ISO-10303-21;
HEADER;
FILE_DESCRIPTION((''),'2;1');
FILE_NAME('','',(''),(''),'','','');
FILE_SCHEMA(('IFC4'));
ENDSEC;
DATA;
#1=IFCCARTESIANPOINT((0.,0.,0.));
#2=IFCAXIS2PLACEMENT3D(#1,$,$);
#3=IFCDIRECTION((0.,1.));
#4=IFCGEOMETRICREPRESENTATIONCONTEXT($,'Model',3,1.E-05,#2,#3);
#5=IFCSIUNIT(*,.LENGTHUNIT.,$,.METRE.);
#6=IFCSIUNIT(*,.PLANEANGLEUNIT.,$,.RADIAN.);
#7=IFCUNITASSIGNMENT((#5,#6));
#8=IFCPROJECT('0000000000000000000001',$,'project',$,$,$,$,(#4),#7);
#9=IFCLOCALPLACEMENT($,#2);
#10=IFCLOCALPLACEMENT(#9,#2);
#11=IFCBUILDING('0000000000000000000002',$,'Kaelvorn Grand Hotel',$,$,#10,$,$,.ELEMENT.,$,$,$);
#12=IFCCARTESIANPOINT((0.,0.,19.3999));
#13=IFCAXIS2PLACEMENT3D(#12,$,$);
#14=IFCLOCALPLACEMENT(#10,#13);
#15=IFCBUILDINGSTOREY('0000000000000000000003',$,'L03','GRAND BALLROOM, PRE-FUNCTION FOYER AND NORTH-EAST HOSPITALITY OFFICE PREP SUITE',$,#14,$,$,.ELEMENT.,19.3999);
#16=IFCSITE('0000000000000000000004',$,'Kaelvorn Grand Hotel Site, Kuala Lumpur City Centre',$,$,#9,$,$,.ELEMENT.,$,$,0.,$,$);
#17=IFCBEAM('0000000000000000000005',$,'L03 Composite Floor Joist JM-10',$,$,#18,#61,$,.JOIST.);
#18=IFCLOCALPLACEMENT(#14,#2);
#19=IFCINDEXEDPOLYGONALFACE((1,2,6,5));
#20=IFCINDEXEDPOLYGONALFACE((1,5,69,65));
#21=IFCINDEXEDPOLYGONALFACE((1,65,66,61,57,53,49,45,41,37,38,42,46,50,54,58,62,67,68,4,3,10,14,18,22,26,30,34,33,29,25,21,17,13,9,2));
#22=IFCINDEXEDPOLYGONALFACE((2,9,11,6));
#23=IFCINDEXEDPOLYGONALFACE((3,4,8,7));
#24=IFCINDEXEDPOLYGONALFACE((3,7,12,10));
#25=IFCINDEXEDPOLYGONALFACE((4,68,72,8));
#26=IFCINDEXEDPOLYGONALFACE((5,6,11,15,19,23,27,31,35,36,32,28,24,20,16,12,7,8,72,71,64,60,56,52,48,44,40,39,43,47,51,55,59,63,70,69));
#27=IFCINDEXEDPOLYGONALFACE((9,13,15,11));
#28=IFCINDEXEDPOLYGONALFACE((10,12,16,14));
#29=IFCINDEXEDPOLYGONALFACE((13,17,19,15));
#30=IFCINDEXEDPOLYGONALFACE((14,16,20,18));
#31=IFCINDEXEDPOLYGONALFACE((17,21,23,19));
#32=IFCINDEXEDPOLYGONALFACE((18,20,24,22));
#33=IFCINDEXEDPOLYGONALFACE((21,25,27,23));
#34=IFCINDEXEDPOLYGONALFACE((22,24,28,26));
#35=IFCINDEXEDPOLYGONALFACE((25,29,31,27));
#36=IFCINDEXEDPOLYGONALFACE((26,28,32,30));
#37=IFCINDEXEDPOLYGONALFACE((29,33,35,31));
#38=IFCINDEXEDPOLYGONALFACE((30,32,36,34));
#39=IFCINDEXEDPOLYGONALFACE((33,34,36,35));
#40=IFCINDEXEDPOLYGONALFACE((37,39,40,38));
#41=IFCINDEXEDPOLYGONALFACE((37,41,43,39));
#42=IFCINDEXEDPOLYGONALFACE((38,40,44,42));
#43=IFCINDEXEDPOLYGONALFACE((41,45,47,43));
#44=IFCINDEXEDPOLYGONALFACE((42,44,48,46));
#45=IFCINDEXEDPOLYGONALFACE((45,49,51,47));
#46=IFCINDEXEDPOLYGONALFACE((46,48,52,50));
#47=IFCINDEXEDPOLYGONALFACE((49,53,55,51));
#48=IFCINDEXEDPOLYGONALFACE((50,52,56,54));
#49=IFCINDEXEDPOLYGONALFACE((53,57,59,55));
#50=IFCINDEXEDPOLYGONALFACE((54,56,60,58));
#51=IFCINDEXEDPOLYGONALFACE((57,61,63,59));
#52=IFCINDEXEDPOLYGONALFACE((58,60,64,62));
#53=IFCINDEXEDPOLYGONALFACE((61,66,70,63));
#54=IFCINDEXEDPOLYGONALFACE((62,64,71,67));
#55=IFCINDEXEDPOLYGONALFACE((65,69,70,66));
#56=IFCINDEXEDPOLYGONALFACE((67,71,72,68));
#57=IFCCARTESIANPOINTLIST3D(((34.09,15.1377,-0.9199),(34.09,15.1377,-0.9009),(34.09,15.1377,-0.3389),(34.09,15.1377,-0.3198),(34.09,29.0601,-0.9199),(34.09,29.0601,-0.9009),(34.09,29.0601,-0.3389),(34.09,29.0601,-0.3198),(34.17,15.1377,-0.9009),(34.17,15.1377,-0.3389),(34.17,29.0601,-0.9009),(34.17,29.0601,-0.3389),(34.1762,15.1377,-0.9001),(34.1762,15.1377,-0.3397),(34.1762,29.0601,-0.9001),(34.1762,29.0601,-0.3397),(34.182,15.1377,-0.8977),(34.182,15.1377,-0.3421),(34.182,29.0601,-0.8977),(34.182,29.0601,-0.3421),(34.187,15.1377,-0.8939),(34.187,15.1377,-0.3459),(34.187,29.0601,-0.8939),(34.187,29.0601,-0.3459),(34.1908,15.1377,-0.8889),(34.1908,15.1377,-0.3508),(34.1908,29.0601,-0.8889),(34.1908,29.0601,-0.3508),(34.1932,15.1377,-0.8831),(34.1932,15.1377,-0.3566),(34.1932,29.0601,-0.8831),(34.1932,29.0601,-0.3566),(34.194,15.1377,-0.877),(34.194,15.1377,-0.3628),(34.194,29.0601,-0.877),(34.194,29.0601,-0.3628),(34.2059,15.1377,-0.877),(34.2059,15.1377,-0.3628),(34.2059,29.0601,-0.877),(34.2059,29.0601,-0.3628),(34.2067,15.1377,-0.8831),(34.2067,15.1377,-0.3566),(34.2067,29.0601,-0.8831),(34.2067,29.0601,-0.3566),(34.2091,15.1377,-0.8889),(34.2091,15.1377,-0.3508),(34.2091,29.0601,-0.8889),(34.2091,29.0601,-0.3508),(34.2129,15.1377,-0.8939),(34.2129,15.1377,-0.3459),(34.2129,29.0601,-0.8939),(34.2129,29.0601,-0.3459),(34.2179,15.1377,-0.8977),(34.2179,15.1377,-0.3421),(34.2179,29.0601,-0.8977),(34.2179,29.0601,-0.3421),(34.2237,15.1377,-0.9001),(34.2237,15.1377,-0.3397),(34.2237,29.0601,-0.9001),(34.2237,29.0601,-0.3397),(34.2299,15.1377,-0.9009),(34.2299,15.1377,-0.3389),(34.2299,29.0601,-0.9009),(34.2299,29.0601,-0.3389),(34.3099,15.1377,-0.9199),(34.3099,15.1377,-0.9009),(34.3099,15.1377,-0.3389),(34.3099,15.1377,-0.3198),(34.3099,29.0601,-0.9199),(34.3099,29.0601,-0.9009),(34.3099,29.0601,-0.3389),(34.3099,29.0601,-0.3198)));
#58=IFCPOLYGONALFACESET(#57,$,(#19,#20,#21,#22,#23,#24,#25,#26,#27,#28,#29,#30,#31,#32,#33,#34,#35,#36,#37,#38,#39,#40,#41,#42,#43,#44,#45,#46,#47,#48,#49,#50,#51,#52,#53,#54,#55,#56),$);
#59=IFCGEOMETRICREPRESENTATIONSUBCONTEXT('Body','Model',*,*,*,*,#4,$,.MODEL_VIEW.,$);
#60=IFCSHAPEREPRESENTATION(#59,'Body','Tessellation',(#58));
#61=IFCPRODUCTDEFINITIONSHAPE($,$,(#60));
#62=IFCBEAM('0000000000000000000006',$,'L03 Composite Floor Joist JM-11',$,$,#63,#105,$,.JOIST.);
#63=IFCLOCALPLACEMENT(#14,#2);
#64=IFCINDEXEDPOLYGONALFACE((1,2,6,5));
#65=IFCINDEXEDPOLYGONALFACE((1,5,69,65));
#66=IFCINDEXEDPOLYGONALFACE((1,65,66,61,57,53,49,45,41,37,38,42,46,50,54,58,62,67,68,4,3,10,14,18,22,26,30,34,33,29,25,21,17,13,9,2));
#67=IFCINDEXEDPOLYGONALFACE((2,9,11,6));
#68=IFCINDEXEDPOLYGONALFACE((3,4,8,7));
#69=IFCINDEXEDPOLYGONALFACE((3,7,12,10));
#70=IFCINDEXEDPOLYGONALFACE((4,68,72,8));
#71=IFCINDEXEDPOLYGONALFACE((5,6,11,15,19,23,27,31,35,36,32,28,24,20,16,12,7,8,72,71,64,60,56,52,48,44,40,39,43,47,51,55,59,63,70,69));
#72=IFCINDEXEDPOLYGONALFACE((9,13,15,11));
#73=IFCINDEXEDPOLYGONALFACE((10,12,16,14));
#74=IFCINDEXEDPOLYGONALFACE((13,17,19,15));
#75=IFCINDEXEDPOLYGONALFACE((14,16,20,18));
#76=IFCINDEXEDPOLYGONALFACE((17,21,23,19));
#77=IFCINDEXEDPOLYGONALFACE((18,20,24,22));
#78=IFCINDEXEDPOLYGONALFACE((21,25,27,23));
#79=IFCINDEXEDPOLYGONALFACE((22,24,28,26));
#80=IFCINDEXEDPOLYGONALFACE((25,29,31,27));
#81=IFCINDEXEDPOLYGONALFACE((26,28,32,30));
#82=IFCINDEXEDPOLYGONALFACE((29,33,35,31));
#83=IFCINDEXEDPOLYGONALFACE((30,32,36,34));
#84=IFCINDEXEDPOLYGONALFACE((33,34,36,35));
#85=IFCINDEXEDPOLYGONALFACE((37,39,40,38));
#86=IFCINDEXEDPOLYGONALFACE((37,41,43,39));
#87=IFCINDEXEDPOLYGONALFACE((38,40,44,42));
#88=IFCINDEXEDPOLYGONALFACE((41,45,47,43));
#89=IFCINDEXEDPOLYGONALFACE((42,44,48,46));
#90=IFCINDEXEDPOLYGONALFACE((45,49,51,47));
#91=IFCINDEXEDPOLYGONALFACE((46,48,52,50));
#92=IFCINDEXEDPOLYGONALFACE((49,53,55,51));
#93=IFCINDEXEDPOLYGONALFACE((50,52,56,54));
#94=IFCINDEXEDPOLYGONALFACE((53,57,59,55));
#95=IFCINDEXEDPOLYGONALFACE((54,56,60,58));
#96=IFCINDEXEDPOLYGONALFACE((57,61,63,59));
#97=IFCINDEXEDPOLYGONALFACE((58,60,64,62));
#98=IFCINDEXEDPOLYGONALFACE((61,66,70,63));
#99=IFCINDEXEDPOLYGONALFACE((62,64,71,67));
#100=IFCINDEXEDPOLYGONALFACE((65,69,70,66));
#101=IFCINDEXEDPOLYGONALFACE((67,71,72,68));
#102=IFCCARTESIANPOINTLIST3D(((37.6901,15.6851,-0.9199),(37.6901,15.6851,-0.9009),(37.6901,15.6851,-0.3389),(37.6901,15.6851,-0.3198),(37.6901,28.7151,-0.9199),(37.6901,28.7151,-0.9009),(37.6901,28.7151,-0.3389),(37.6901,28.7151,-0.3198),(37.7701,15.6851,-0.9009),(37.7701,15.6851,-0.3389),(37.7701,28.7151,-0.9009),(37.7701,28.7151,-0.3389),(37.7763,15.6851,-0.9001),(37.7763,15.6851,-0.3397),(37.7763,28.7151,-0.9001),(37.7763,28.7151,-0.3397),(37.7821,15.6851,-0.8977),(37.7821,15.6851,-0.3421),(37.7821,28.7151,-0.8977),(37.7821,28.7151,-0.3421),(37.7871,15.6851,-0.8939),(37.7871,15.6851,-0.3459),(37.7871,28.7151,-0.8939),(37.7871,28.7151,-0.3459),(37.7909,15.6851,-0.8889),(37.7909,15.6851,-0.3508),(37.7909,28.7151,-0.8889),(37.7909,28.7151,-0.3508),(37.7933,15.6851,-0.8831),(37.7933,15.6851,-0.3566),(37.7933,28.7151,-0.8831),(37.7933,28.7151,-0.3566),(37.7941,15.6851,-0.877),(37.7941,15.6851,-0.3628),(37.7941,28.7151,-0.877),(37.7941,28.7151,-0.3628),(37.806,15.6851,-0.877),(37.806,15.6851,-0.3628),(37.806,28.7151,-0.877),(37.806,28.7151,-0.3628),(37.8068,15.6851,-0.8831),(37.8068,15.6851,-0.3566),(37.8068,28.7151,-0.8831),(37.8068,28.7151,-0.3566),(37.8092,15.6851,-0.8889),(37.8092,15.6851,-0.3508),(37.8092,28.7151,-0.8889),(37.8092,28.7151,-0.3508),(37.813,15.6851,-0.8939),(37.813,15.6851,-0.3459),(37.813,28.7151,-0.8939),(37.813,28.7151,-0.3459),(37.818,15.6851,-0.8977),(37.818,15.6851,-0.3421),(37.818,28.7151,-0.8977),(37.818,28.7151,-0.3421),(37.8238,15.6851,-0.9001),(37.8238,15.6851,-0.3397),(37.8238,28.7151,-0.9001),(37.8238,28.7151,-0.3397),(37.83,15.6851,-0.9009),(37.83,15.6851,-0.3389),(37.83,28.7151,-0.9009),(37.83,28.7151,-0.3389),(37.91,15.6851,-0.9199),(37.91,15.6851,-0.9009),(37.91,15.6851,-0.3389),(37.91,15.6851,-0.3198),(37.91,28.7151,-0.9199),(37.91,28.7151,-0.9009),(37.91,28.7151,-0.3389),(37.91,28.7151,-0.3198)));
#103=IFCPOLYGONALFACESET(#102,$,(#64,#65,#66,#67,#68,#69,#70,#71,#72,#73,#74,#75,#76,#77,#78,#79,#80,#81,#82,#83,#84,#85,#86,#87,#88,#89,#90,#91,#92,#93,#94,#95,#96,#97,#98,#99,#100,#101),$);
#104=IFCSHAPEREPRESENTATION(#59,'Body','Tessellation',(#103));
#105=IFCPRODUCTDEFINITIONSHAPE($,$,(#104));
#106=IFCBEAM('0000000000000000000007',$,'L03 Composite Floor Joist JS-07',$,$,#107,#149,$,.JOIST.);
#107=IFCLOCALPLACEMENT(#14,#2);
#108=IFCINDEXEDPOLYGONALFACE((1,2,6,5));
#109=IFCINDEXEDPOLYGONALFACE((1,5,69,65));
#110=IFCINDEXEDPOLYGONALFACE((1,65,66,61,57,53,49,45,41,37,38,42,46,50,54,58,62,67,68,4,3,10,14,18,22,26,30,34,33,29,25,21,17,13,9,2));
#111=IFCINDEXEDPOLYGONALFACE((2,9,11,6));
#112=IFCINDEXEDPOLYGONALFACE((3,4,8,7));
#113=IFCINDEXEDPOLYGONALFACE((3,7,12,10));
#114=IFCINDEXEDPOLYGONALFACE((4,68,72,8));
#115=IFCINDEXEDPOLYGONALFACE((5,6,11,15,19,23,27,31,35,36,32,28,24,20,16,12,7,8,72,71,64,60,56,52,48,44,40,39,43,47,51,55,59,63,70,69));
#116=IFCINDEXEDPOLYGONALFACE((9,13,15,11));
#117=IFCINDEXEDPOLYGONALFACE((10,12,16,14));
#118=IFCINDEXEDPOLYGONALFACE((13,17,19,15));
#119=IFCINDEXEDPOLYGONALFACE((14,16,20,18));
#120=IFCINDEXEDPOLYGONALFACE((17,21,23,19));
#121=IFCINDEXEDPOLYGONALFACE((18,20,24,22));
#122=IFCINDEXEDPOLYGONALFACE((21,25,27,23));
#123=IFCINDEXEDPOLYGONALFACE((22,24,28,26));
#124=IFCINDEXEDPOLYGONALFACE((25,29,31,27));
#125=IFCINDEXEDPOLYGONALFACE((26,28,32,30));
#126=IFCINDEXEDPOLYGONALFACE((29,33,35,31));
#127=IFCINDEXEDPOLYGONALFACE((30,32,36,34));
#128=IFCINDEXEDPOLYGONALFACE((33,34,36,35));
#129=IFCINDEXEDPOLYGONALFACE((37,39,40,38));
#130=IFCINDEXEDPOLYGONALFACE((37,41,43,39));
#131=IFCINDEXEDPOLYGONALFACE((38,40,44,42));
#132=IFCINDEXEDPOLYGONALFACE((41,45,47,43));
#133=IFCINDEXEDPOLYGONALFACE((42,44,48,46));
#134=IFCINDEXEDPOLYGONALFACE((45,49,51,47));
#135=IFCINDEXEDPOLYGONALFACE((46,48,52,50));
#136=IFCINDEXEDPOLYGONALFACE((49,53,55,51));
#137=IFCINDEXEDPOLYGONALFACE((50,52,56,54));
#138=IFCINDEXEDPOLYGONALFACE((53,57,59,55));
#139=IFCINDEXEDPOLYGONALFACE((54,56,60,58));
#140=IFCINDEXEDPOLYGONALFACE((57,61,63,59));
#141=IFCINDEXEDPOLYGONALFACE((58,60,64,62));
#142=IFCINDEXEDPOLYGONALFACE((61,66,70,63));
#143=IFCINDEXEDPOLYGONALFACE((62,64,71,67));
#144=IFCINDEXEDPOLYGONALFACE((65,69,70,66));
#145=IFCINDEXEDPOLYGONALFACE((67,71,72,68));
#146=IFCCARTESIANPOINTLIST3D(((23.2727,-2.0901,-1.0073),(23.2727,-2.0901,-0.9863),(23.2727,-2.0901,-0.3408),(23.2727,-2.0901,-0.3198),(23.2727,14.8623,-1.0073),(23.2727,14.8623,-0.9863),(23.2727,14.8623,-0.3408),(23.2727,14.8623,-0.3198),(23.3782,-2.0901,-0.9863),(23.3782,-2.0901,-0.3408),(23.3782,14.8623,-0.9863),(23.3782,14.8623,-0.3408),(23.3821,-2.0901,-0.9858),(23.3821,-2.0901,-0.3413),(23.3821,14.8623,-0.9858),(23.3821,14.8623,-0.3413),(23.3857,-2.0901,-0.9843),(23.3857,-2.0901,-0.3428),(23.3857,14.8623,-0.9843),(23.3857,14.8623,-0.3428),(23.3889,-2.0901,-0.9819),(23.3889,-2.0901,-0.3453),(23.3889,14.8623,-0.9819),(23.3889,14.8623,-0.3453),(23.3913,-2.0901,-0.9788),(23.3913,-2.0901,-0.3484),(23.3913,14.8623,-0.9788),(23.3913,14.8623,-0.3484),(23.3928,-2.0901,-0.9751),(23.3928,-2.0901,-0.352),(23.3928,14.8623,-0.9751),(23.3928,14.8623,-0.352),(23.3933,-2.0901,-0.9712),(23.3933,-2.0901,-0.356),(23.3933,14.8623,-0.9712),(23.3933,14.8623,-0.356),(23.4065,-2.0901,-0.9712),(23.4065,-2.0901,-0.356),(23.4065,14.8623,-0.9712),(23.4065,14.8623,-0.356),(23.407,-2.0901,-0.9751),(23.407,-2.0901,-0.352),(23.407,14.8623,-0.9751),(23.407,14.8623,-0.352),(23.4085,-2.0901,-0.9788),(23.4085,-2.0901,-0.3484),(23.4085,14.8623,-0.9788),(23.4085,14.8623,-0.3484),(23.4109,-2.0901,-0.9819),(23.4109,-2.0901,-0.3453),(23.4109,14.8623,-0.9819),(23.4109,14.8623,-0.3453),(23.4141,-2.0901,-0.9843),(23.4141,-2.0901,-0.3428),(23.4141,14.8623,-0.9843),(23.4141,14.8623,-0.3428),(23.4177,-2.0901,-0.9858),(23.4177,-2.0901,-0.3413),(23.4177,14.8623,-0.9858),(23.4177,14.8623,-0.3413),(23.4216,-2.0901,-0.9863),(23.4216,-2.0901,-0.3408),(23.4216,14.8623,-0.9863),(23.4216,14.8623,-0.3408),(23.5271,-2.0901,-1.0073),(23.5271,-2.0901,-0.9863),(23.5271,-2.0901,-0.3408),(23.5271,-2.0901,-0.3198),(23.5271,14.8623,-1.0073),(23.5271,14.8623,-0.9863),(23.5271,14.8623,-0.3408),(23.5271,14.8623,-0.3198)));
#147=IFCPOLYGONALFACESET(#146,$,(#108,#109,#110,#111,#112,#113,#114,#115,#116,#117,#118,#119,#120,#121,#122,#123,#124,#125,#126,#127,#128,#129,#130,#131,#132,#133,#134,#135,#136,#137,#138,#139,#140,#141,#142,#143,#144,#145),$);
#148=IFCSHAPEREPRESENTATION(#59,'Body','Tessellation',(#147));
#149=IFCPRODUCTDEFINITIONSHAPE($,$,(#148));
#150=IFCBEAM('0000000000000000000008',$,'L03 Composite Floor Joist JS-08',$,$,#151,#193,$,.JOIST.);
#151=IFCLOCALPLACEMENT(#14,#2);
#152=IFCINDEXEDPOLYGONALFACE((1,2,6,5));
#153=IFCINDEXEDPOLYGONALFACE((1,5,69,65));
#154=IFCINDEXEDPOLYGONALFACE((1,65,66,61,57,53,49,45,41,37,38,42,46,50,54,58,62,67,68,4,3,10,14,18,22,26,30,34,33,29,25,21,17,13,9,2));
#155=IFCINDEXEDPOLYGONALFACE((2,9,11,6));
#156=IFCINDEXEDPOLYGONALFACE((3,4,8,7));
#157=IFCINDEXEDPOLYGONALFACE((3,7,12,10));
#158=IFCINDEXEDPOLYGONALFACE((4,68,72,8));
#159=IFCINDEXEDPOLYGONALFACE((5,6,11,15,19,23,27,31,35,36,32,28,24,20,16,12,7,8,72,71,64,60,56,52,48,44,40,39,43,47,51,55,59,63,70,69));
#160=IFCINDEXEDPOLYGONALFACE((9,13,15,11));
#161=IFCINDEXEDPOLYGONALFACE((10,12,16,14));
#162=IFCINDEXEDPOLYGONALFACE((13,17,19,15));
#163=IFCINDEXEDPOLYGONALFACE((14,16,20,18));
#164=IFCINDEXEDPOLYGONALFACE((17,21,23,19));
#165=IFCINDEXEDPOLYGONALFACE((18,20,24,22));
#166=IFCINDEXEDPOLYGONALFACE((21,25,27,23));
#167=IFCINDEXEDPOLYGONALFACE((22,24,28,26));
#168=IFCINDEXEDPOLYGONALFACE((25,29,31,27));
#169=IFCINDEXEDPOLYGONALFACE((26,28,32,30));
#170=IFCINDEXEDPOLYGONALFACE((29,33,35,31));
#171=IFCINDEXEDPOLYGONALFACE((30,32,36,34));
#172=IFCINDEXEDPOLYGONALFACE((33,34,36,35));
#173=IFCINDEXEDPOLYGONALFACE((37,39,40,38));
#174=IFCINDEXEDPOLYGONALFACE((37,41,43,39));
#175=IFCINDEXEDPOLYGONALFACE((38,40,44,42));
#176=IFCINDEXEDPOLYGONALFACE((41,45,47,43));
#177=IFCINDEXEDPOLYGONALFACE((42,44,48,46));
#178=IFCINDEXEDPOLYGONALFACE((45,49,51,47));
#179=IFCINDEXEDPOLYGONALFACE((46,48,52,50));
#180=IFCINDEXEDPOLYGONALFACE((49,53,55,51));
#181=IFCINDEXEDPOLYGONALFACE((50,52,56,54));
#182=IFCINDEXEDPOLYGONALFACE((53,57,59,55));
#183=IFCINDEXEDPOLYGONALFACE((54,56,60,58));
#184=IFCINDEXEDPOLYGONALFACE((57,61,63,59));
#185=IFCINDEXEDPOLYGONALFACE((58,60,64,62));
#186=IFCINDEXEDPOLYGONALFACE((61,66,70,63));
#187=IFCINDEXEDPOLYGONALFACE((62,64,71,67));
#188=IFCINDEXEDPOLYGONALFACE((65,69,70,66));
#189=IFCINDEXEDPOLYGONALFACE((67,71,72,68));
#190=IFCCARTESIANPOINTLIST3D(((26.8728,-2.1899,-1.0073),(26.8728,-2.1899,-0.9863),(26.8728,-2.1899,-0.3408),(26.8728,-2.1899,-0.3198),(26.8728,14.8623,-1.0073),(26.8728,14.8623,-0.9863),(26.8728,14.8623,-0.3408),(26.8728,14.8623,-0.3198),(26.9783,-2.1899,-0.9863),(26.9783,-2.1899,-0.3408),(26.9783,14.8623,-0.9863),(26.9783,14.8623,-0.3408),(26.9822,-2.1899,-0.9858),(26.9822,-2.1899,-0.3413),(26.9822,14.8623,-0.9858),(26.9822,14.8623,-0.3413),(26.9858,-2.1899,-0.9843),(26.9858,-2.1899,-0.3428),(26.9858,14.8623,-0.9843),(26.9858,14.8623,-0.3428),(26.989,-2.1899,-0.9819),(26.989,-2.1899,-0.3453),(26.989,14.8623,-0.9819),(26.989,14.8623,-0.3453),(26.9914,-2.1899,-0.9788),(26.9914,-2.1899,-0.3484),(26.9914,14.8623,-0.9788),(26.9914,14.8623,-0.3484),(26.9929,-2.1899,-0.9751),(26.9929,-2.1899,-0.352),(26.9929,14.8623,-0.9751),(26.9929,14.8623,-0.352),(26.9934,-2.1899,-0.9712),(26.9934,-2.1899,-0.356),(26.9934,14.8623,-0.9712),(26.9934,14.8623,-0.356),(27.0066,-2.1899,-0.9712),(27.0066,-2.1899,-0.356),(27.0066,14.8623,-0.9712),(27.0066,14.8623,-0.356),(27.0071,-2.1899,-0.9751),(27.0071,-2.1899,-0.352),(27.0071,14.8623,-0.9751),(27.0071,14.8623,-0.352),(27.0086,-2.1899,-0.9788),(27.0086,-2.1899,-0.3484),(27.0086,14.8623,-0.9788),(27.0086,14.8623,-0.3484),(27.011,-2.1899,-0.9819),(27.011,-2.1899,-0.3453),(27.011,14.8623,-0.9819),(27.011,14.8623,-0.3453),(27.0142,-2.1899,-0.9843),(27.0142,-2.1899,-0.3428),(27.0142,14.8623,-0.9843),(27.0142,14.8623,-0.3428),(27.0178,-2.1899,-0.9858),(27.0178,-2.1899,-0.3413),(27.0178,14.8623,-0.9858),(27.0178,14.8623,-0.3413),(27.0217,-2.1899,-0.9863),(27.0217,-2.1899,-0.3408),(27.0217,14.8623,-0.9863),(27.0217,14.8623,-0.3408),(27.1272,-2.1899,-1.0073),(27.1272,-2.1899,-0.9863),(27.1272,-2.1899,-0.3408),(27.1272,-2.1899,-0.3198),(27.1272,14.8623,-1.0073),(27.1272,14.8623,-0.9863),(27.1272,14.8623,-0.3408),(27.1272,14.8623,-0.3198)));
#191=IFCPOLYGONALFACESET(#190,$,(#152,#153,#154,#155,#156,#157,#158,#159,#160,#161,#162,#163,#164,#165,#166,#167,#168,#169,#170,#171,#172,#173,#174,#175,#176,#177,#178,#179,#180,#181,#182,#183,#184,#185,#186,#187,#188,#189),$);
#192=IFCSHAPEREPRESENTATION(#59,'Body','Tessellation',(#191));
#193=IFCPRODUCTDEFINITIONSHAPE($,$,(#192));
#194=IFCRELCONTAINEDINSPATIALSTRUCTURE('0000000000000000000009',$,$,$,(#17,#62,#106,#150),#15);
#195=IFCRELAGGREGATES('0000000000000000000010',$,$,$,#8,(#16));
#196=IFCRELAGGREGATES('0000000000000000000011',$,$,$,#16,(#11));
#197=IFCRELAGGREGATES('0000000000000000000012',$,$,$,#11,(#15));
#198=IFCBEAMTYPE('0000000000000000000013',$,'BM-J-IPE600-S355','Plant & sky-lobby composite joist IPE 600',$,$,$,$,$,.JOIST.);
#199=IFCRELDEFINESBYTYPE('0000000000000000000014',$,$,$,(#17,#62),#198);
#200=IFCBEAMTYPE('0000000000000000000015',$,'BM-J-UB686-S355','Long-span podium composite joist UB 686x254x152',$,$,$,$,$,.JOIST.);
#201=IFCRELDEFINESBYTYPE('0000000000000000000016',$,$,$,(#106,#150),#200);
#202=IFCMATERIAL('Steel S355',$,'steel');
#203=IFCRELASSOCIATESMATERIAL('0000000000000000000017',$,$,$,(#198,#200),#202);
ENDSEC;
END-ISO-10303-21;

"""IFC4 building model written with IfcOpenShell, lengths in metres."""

from ifc_helpers import new_model, si_unit, direction, frame, origin, origin_2d, place, context, subcontext, project, spatial, i_section, extrude, material, material_profile, profile_set, type_object, element, save


model = new_model("IFC4")

# Units and contexts
model_context = context("Model", 3, precision=1e-05, world=origin(), true_north=direction((0.0, 1.0)))
body_context = subcontext(model_context, "Body", "Model", "MODEL_VIEW")
ifc_project = project(units=[si_unit("LENGTHUNIT", "METRE"), si_unit("PLANEANGLEUNIT", "RADIAN")], contexts=[model_context])

# Site, building, storey
site_placement = place(None, origin())
site = spatial("IfcSite", under=ifc_project, at=site_placement, Name="Kaelvorn Grand Hotel Site, Kuala Lumpur City Centre", CompositionType="ELEMENT", RefElevation=0.0)
building_placement = place(site_placement, origin())
building = spatial("IfcBuilding", under=site, at=building_placement, Name="Kaelvorn Grand Hotel", CompositionType="ELEMENT")
storey_placement = place(building_placement, frame((0.0, 0.0, 19.3999)))
storey = spatial("IfcBuildingStorey", under=building, at=storey_placement, Name="L03", Description="GRAND BALLROOM, PRE-FUNCTION FOYER AND NORTH-EAST HOSPITALITY OFFICE PREP SUITE", CompositionType="ELEMENT", Elevation=19.3999)

# Beams
ifc_material_1 = material(Name="Steel S355", Category="steel")
ifc_material_profile_1 = material_profile(ifc_material_1, i_section(OverallWidth=0.22, OverallDepth=0.6001, WebThickness=0.012, FlangeThickness=0.019, FilletRadius=0.0239, at=origin_2d()), Name="IPE 600")
ifc_profile_set_1 = profile_set([ifc_material_profile_1], Name="Steel S355")
beam_type_1 = type_object("IfcBeamType", Name="BM-J-IPE600-S355", Description="Plant & sky-lobby composite joist IPE 600", PredefinedType="JOIST", material=ifc_profile_set_1)
beam_1_placement = place(storey_placement, frame((34.2, 15.1377, -0.6199), z_axis=(0.0, 1.0, 0.0), x_axis=(-1.0, 0.0, 0.0)))
element("IfcBeam", 1, at=beam_1_placement, inside=storey, type_object=beam_type_1, Name="L03 Composite Floor Joist JM-10", PredefinedType="JOIST", context=body_context, shape_type="SweptSolid", body=[
    extrude(i_section(OverallWidth=0.22, OverallDepth=0.6001, WebThickness=0.012, FlangeThickness=0.019, FilletRadius=0.0239, at=origin_2d()), origin(), (0.0, 0.0, 1.0), 13.9224),
])
beam_2_placement = place(storey_placement, frame((37.8, 15.6851, -0.6199), z_axis=(0.0, 1.0, 0.0), x_axis=(-1.0, 0.0, 0.0)))
element("IfcBeam", 2, at=beam_2_placement, inside=storey, type_object=beam_type_1, Name="L03 Composite Floor Joist JM-11", PredefinedType="JOIST", context=body_context, shape_type="SweptSolid", body=[
    extrude(i_section(OverallWidth=0.22, OverallDepth=0.6001, WebThickness=0.012, FlangeThickness=0.019, FilletRadius=0.0239, at=origin_2d()), origin(), (0.0, 0.0, 1.0), 13.03),
])
ifc_material_profile_2 = material_profile(ifc_material_1, i_section(OverallWidth=0.2544, OverallDepth=0.6875, WebThickness=0.0132, FlangeThickness=0.021, FilletRadius=0.0151, at=origin_2d()), Name="UB 686x254x152")
ifc_profile_set_2 = profile_set([ifc_material_profile_2], Name="Steel S355")
beam_type_2 = type_object("IfcBeamType", Name="BM-J-UB686-S355", Description="Long-span podium composite joist UB 686x254x152", PredefinedType="JOIST", material=ifc_profile_set_2)
beam_3_placement = place(storey_placement, frame((23.3999, -2.0901, -0.6636), z_axis=(0.0, 1.0, 0.0), x_axis=(-1.0, 0.0, 0.0)))
element("IfcBeam", 3, at=beam_3_placement, inside=storey, type_object=beam_type_2, Name="L03 Composite Floor Joist JS-07", PredefinedType="JOIST", context=body_context, shape_type="SweptSolid", body=[
    extrude(i_section(OverallWidth=0.2544, OverallDepth=0.6875, WebThickness=0.0132, FlangeThickness=0.021, FilletRadius=0.0151, at=origin_2d()), origin(), (0.0, 0.0, 1.0), 16.9524),
])
for number, where, z_axis, x_axis, name in (
    (4, (27.0, -2.1899, -0.6636), (0.0, 1.0, 0.0), (-1.0, 0.0, 0.0), "L03 Composite Floor Joist JS-08"),
):
    element("IfcBeam", number, at=place(storey_placement, frame(where, z_axis=z_axis, x_axis=x_axis)), inside=storey, type_object=beam_type_2, Name=name, PredefinedType="JOIST", context=body_context, shape_type="SweptSolid", body=[
        extrude(i_section(OverallWidth=0.2544, OverallDepth=0.6875, WebThickness=0.0132, FlangeThickness=0.021, FilletRadius=0.0151, at=origin_2d()), origin(), (0.0, 0.0, 1.0), 17.0522),
    ])

save(model, "model.ifc")
